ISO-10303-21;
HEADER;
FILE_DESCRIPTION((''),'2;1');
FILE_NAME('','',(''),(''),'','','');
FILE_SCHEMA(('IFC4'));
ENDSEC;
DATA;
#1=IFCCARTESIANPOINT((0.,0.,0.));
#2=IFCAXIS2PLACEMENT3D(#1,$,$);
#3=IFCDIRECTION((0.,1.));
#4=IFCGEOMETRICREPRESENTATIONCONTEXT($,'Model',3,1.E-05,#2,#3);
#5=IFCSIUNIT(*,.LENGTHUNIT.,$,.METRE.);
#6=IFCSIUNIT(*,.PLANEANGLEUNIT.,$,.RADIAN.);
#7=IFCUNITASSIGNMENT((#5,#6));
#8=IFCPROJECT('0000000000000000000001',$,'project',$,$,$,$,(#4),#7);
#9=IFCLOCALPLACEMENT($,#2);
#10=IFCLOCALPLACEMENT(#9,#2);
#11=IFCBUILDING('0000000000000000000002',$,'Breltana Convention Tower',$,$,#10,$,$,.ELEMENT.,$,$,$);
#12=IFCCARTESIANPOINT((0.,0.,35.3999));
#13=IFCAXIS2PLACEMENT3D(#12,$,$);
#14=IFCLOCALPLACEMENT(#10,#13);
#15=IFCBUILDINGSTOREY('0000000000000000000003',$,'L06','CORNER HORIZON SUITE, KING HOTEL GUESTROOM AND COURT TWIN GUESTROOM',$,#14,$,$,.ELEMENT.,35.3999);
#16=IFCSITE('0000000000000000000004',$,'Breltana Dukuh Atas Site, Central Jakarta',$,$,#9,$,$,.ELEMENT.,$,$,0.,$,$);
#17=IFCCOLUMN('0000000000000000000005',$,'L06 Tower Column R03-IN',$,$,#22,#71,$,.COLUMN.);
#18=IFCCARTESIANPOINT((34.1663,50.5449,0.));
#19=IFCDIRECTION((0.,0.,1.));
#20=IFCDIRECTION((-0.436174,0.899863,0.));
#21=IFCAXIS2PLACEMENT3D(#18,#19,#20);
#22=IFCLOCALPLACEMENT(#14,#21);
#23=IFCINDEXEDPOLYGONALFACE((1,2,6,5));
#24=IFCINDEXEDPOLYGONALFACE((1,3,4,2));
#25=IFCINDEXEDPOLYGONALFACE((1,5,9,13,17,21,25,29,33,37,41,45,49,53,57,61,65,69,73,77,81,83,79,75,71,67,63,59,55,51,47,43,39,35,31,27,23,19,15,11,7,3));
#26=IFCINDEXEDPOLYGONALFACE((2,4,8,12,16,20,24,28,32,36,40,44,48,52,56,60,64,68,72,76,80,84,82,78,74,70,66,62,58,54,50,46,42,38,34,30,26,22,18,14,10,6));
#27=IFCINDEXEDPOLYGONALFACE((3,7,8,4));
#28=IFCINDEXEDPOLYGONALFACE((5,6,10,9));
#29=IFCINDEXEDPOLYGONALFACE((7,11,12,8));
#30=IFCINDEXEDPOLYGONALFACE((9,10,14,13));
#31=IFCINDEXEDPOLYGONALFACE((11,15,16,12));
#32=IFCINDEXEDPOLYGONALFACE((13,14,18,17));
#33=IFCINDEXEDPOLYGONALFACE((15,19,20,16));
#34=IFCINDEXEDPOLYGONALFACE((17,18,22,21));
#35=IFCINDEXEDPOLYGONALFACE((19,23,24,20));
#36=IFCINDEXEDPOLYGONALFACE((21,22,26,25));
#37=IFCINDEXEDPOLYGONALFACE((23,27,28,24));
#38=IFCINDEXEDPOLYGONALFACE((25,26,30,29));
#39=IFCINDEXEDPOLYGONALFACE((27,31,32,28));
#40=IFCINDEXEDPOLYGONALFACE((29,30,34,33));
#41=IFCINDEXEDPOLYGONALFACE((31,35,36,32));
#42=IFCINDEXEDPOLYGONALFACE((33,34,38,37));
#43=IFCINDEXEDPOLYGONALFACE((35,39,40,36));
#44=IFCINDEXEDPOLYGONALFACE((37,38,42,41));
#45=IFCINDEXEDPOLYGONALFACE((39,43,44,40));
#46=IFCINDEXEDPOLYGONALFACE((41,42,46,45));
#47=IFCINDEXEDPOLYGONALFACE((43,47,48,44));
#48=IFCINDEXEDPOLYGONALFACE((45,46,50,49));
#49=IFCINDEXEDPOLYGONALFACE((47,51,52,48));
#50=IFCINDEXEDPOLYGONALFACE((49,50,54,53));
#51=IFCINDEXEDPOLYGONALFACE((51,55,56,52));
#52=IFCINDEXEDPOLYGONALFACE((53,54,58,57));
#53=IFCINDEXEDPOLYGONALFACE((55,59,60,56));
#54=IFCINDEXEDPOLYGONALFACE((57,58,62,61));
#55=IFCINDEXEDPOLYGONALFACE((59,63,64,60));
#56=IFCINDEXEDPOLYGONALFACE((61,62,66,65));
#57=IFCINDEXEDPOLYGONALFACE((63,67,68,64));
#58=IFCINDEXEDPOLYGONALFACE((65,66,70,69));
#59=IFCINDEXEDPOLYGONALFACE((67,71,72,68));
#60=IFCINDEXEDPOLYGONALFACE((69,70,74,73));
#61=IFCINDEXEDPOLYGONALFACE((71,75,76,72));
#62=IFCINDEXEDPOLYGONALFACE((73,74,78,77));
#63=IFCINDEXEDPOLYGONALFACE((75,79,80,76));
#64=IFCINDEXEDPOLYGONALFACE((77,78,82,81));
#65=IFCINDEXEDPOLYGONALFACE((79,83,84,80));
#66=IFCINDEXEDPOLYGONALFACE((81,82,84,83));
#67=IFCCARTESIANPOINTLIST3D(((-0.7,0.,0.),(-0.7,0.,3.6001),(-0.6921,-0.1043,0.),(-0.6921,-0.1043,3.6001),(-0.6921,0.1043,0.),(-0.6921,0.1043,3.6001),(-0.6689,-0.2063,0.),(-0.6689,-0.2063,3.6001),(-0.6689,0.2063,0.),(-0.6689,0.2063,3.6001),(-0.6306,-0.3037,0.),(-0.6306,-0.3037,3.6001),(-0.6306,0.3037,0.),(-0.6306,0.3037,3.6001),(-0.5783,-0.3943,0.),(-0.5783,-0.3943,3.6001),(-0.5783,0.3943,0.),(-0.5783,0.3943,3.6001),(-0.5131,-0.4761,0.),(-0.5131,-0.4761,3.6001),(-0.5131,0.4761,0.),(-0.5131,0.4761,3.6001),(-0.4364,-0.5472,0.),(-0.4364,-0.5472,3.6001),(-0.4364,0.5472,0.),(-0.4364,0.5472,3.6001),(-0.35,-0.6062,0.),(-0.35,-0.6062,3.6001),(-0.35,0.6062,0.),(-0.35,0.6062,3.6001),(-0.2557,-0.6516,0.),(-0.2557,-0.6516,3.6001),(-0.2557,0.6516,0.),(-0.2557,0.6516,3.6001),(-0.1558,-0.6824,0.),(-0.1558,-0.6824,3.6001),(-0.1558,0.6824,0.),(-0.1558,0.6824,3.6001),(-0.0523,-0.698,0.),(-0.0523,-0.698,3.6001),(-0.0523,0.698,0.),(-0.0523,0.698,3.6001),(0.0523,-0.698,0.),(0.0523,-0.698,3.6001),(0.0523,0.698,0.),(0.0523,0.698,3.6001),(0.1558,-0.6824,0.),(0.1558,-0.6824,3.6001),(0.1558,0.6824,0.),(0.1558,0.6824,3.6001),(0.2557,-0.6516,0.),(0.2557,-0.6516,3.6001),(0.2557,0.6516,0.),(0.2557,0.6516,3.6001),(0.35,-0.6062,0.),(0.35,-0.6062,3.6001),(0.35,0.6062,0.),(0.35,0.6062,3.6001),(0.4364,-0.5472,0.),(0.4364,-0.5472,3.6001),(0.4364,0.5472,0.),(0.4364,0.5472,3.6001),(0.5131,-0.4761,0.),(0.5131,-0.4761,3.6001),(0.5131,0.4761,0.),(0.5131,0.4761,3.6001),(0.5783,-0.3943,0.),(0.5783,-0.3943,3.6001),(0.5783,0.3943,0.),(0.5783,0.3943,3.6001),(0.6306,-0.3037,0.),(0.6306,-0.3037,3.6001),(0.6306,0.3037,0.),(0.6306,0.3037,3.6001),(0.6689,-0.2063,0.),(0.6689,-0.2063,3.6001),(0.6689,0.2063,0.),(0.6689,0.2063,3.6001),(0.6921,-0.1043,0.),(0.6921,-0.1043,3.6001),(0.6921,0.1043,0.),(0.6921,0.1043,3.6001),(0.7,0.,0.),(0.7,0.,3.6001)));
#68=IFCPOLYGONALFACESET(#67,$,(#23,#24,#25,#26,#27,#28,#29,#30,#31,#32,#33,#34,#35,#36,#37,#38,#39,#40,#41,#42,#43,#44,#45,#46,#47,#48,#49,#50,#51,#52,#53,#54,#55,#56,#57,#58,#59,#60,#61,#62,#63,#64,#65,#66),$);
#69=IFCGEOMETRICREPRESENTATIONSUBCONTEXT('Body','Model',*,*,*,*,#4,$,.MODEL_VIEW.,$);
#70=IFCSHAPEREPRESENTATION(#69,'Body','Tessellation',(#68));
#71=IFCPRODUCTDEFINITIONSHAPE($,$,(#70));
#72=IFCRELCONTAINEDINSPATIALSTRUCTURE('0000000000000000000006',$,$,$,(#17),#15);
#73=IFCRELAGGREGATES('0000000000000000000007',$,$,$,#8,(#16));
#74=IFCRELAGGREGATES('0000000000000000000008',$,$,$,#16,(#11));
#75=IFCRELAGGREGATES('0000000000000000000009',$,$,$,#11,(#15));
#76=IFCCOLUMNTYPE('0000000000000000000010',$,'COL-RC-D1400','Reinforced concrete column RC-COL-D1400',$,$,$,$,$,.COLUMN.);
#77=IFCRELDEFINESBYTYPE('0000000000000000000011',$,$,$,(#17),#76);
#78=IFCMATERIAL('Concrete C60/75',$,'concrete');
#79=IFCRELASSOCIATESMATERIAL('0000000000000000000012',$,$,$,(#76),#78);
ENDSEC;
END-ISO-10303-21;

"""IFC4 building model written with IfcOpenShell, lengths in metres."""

from ifc_helpers import new_model, si_unit, direction, frame, origin, origin_2d, place, context, subcontext, project, spatial, circle, extrude, source, transform, mapped, material, material_profile, profile_set, type_object, element, save


model = new_model("IFC4")

# Units and contexts
model_context = context("Model", 3, precision=1e-05, world=origin(), true_north=direction((0.0, 1.0)))
body_context = subcontext(model_context, "Body", "Model", "MODEL_VIEW")
ifc_project = project(units=[si_unit("LENGTHUNIT", "METRE"), si_unit("PLANEANGLEUNIT", "RADIAN")], contexts=[model_context])

# Site, building, storey
site_placement = place(None, origin())
site = spatial("IfcSite", under=ifc_project, at=site_placement, Name="Breltana Dukuh Atas Site, Central Jakarta", CompositionType="ELEMENT", RefElevation=0.0)
building_placement = place(site_placement, origin())
building = spatial("IfcBuilding", under=site, at=building_placement, Name="Breltana Convention Tower", CompositionType="ELEMENT")
storey_placement = place(building_placement, frame((0.0, 0.0, 35.3999)))
storey = spatial("IfcBuildingStorey", under=building, at=storey_placement, Name="L06", Description="CORNER HORIZON SUITE, KING HOTEL GUESTROOM AND COURT TWIN GUESTROOM", CompositionType="ELEMENT", Elevation=35.3999)

# Column
ifc_material_1 = material(Name="Concrete C60/75", Category="concrete")
ifc_material_profile_1 = material_profile(ifc_material_1, circle(Radius=0.7, at=origin_2d()), Name="RC-COL-D1400")
ifc_profile_set_1 = profile_set([ifc_material_profile_1], Name="Concrete C60/75")
column_type = type_object("IfcColumnType", Name="COL-RC-D1400", Description="Reinforced concrete column RC-COL-D1400", PredefinedType="COLUMN", material=ifc_profile_set_1)
shared_shape_1 = source(origin(), body_context, "Body", "SweptSolid", [
    extrude(circle(Radius=0.7, at=origin_2d()), origin(), (0.0, 0.0, 1.0), 3.6001),
])
column_placement = place(storey_placement, frame((34.1663, 50.5449, 0.0), z_axis=(0.0, 0.0, 1.0), x_axis=(-0.436174, 0.899863, 0.0)))
element("IfcColumn", 1, at=column_placement, inside=storey, type_object=column_type, Name="L06 Tower Column R03-IN", PredefinedType="COLUMN", context=body_context, shape_type="MappedRepresentation", body=[
    mapped(shared_shape_1, transform((0.0, 0.0, 0.0), scale=1.0)),
])

save(model, "model.ifc")
